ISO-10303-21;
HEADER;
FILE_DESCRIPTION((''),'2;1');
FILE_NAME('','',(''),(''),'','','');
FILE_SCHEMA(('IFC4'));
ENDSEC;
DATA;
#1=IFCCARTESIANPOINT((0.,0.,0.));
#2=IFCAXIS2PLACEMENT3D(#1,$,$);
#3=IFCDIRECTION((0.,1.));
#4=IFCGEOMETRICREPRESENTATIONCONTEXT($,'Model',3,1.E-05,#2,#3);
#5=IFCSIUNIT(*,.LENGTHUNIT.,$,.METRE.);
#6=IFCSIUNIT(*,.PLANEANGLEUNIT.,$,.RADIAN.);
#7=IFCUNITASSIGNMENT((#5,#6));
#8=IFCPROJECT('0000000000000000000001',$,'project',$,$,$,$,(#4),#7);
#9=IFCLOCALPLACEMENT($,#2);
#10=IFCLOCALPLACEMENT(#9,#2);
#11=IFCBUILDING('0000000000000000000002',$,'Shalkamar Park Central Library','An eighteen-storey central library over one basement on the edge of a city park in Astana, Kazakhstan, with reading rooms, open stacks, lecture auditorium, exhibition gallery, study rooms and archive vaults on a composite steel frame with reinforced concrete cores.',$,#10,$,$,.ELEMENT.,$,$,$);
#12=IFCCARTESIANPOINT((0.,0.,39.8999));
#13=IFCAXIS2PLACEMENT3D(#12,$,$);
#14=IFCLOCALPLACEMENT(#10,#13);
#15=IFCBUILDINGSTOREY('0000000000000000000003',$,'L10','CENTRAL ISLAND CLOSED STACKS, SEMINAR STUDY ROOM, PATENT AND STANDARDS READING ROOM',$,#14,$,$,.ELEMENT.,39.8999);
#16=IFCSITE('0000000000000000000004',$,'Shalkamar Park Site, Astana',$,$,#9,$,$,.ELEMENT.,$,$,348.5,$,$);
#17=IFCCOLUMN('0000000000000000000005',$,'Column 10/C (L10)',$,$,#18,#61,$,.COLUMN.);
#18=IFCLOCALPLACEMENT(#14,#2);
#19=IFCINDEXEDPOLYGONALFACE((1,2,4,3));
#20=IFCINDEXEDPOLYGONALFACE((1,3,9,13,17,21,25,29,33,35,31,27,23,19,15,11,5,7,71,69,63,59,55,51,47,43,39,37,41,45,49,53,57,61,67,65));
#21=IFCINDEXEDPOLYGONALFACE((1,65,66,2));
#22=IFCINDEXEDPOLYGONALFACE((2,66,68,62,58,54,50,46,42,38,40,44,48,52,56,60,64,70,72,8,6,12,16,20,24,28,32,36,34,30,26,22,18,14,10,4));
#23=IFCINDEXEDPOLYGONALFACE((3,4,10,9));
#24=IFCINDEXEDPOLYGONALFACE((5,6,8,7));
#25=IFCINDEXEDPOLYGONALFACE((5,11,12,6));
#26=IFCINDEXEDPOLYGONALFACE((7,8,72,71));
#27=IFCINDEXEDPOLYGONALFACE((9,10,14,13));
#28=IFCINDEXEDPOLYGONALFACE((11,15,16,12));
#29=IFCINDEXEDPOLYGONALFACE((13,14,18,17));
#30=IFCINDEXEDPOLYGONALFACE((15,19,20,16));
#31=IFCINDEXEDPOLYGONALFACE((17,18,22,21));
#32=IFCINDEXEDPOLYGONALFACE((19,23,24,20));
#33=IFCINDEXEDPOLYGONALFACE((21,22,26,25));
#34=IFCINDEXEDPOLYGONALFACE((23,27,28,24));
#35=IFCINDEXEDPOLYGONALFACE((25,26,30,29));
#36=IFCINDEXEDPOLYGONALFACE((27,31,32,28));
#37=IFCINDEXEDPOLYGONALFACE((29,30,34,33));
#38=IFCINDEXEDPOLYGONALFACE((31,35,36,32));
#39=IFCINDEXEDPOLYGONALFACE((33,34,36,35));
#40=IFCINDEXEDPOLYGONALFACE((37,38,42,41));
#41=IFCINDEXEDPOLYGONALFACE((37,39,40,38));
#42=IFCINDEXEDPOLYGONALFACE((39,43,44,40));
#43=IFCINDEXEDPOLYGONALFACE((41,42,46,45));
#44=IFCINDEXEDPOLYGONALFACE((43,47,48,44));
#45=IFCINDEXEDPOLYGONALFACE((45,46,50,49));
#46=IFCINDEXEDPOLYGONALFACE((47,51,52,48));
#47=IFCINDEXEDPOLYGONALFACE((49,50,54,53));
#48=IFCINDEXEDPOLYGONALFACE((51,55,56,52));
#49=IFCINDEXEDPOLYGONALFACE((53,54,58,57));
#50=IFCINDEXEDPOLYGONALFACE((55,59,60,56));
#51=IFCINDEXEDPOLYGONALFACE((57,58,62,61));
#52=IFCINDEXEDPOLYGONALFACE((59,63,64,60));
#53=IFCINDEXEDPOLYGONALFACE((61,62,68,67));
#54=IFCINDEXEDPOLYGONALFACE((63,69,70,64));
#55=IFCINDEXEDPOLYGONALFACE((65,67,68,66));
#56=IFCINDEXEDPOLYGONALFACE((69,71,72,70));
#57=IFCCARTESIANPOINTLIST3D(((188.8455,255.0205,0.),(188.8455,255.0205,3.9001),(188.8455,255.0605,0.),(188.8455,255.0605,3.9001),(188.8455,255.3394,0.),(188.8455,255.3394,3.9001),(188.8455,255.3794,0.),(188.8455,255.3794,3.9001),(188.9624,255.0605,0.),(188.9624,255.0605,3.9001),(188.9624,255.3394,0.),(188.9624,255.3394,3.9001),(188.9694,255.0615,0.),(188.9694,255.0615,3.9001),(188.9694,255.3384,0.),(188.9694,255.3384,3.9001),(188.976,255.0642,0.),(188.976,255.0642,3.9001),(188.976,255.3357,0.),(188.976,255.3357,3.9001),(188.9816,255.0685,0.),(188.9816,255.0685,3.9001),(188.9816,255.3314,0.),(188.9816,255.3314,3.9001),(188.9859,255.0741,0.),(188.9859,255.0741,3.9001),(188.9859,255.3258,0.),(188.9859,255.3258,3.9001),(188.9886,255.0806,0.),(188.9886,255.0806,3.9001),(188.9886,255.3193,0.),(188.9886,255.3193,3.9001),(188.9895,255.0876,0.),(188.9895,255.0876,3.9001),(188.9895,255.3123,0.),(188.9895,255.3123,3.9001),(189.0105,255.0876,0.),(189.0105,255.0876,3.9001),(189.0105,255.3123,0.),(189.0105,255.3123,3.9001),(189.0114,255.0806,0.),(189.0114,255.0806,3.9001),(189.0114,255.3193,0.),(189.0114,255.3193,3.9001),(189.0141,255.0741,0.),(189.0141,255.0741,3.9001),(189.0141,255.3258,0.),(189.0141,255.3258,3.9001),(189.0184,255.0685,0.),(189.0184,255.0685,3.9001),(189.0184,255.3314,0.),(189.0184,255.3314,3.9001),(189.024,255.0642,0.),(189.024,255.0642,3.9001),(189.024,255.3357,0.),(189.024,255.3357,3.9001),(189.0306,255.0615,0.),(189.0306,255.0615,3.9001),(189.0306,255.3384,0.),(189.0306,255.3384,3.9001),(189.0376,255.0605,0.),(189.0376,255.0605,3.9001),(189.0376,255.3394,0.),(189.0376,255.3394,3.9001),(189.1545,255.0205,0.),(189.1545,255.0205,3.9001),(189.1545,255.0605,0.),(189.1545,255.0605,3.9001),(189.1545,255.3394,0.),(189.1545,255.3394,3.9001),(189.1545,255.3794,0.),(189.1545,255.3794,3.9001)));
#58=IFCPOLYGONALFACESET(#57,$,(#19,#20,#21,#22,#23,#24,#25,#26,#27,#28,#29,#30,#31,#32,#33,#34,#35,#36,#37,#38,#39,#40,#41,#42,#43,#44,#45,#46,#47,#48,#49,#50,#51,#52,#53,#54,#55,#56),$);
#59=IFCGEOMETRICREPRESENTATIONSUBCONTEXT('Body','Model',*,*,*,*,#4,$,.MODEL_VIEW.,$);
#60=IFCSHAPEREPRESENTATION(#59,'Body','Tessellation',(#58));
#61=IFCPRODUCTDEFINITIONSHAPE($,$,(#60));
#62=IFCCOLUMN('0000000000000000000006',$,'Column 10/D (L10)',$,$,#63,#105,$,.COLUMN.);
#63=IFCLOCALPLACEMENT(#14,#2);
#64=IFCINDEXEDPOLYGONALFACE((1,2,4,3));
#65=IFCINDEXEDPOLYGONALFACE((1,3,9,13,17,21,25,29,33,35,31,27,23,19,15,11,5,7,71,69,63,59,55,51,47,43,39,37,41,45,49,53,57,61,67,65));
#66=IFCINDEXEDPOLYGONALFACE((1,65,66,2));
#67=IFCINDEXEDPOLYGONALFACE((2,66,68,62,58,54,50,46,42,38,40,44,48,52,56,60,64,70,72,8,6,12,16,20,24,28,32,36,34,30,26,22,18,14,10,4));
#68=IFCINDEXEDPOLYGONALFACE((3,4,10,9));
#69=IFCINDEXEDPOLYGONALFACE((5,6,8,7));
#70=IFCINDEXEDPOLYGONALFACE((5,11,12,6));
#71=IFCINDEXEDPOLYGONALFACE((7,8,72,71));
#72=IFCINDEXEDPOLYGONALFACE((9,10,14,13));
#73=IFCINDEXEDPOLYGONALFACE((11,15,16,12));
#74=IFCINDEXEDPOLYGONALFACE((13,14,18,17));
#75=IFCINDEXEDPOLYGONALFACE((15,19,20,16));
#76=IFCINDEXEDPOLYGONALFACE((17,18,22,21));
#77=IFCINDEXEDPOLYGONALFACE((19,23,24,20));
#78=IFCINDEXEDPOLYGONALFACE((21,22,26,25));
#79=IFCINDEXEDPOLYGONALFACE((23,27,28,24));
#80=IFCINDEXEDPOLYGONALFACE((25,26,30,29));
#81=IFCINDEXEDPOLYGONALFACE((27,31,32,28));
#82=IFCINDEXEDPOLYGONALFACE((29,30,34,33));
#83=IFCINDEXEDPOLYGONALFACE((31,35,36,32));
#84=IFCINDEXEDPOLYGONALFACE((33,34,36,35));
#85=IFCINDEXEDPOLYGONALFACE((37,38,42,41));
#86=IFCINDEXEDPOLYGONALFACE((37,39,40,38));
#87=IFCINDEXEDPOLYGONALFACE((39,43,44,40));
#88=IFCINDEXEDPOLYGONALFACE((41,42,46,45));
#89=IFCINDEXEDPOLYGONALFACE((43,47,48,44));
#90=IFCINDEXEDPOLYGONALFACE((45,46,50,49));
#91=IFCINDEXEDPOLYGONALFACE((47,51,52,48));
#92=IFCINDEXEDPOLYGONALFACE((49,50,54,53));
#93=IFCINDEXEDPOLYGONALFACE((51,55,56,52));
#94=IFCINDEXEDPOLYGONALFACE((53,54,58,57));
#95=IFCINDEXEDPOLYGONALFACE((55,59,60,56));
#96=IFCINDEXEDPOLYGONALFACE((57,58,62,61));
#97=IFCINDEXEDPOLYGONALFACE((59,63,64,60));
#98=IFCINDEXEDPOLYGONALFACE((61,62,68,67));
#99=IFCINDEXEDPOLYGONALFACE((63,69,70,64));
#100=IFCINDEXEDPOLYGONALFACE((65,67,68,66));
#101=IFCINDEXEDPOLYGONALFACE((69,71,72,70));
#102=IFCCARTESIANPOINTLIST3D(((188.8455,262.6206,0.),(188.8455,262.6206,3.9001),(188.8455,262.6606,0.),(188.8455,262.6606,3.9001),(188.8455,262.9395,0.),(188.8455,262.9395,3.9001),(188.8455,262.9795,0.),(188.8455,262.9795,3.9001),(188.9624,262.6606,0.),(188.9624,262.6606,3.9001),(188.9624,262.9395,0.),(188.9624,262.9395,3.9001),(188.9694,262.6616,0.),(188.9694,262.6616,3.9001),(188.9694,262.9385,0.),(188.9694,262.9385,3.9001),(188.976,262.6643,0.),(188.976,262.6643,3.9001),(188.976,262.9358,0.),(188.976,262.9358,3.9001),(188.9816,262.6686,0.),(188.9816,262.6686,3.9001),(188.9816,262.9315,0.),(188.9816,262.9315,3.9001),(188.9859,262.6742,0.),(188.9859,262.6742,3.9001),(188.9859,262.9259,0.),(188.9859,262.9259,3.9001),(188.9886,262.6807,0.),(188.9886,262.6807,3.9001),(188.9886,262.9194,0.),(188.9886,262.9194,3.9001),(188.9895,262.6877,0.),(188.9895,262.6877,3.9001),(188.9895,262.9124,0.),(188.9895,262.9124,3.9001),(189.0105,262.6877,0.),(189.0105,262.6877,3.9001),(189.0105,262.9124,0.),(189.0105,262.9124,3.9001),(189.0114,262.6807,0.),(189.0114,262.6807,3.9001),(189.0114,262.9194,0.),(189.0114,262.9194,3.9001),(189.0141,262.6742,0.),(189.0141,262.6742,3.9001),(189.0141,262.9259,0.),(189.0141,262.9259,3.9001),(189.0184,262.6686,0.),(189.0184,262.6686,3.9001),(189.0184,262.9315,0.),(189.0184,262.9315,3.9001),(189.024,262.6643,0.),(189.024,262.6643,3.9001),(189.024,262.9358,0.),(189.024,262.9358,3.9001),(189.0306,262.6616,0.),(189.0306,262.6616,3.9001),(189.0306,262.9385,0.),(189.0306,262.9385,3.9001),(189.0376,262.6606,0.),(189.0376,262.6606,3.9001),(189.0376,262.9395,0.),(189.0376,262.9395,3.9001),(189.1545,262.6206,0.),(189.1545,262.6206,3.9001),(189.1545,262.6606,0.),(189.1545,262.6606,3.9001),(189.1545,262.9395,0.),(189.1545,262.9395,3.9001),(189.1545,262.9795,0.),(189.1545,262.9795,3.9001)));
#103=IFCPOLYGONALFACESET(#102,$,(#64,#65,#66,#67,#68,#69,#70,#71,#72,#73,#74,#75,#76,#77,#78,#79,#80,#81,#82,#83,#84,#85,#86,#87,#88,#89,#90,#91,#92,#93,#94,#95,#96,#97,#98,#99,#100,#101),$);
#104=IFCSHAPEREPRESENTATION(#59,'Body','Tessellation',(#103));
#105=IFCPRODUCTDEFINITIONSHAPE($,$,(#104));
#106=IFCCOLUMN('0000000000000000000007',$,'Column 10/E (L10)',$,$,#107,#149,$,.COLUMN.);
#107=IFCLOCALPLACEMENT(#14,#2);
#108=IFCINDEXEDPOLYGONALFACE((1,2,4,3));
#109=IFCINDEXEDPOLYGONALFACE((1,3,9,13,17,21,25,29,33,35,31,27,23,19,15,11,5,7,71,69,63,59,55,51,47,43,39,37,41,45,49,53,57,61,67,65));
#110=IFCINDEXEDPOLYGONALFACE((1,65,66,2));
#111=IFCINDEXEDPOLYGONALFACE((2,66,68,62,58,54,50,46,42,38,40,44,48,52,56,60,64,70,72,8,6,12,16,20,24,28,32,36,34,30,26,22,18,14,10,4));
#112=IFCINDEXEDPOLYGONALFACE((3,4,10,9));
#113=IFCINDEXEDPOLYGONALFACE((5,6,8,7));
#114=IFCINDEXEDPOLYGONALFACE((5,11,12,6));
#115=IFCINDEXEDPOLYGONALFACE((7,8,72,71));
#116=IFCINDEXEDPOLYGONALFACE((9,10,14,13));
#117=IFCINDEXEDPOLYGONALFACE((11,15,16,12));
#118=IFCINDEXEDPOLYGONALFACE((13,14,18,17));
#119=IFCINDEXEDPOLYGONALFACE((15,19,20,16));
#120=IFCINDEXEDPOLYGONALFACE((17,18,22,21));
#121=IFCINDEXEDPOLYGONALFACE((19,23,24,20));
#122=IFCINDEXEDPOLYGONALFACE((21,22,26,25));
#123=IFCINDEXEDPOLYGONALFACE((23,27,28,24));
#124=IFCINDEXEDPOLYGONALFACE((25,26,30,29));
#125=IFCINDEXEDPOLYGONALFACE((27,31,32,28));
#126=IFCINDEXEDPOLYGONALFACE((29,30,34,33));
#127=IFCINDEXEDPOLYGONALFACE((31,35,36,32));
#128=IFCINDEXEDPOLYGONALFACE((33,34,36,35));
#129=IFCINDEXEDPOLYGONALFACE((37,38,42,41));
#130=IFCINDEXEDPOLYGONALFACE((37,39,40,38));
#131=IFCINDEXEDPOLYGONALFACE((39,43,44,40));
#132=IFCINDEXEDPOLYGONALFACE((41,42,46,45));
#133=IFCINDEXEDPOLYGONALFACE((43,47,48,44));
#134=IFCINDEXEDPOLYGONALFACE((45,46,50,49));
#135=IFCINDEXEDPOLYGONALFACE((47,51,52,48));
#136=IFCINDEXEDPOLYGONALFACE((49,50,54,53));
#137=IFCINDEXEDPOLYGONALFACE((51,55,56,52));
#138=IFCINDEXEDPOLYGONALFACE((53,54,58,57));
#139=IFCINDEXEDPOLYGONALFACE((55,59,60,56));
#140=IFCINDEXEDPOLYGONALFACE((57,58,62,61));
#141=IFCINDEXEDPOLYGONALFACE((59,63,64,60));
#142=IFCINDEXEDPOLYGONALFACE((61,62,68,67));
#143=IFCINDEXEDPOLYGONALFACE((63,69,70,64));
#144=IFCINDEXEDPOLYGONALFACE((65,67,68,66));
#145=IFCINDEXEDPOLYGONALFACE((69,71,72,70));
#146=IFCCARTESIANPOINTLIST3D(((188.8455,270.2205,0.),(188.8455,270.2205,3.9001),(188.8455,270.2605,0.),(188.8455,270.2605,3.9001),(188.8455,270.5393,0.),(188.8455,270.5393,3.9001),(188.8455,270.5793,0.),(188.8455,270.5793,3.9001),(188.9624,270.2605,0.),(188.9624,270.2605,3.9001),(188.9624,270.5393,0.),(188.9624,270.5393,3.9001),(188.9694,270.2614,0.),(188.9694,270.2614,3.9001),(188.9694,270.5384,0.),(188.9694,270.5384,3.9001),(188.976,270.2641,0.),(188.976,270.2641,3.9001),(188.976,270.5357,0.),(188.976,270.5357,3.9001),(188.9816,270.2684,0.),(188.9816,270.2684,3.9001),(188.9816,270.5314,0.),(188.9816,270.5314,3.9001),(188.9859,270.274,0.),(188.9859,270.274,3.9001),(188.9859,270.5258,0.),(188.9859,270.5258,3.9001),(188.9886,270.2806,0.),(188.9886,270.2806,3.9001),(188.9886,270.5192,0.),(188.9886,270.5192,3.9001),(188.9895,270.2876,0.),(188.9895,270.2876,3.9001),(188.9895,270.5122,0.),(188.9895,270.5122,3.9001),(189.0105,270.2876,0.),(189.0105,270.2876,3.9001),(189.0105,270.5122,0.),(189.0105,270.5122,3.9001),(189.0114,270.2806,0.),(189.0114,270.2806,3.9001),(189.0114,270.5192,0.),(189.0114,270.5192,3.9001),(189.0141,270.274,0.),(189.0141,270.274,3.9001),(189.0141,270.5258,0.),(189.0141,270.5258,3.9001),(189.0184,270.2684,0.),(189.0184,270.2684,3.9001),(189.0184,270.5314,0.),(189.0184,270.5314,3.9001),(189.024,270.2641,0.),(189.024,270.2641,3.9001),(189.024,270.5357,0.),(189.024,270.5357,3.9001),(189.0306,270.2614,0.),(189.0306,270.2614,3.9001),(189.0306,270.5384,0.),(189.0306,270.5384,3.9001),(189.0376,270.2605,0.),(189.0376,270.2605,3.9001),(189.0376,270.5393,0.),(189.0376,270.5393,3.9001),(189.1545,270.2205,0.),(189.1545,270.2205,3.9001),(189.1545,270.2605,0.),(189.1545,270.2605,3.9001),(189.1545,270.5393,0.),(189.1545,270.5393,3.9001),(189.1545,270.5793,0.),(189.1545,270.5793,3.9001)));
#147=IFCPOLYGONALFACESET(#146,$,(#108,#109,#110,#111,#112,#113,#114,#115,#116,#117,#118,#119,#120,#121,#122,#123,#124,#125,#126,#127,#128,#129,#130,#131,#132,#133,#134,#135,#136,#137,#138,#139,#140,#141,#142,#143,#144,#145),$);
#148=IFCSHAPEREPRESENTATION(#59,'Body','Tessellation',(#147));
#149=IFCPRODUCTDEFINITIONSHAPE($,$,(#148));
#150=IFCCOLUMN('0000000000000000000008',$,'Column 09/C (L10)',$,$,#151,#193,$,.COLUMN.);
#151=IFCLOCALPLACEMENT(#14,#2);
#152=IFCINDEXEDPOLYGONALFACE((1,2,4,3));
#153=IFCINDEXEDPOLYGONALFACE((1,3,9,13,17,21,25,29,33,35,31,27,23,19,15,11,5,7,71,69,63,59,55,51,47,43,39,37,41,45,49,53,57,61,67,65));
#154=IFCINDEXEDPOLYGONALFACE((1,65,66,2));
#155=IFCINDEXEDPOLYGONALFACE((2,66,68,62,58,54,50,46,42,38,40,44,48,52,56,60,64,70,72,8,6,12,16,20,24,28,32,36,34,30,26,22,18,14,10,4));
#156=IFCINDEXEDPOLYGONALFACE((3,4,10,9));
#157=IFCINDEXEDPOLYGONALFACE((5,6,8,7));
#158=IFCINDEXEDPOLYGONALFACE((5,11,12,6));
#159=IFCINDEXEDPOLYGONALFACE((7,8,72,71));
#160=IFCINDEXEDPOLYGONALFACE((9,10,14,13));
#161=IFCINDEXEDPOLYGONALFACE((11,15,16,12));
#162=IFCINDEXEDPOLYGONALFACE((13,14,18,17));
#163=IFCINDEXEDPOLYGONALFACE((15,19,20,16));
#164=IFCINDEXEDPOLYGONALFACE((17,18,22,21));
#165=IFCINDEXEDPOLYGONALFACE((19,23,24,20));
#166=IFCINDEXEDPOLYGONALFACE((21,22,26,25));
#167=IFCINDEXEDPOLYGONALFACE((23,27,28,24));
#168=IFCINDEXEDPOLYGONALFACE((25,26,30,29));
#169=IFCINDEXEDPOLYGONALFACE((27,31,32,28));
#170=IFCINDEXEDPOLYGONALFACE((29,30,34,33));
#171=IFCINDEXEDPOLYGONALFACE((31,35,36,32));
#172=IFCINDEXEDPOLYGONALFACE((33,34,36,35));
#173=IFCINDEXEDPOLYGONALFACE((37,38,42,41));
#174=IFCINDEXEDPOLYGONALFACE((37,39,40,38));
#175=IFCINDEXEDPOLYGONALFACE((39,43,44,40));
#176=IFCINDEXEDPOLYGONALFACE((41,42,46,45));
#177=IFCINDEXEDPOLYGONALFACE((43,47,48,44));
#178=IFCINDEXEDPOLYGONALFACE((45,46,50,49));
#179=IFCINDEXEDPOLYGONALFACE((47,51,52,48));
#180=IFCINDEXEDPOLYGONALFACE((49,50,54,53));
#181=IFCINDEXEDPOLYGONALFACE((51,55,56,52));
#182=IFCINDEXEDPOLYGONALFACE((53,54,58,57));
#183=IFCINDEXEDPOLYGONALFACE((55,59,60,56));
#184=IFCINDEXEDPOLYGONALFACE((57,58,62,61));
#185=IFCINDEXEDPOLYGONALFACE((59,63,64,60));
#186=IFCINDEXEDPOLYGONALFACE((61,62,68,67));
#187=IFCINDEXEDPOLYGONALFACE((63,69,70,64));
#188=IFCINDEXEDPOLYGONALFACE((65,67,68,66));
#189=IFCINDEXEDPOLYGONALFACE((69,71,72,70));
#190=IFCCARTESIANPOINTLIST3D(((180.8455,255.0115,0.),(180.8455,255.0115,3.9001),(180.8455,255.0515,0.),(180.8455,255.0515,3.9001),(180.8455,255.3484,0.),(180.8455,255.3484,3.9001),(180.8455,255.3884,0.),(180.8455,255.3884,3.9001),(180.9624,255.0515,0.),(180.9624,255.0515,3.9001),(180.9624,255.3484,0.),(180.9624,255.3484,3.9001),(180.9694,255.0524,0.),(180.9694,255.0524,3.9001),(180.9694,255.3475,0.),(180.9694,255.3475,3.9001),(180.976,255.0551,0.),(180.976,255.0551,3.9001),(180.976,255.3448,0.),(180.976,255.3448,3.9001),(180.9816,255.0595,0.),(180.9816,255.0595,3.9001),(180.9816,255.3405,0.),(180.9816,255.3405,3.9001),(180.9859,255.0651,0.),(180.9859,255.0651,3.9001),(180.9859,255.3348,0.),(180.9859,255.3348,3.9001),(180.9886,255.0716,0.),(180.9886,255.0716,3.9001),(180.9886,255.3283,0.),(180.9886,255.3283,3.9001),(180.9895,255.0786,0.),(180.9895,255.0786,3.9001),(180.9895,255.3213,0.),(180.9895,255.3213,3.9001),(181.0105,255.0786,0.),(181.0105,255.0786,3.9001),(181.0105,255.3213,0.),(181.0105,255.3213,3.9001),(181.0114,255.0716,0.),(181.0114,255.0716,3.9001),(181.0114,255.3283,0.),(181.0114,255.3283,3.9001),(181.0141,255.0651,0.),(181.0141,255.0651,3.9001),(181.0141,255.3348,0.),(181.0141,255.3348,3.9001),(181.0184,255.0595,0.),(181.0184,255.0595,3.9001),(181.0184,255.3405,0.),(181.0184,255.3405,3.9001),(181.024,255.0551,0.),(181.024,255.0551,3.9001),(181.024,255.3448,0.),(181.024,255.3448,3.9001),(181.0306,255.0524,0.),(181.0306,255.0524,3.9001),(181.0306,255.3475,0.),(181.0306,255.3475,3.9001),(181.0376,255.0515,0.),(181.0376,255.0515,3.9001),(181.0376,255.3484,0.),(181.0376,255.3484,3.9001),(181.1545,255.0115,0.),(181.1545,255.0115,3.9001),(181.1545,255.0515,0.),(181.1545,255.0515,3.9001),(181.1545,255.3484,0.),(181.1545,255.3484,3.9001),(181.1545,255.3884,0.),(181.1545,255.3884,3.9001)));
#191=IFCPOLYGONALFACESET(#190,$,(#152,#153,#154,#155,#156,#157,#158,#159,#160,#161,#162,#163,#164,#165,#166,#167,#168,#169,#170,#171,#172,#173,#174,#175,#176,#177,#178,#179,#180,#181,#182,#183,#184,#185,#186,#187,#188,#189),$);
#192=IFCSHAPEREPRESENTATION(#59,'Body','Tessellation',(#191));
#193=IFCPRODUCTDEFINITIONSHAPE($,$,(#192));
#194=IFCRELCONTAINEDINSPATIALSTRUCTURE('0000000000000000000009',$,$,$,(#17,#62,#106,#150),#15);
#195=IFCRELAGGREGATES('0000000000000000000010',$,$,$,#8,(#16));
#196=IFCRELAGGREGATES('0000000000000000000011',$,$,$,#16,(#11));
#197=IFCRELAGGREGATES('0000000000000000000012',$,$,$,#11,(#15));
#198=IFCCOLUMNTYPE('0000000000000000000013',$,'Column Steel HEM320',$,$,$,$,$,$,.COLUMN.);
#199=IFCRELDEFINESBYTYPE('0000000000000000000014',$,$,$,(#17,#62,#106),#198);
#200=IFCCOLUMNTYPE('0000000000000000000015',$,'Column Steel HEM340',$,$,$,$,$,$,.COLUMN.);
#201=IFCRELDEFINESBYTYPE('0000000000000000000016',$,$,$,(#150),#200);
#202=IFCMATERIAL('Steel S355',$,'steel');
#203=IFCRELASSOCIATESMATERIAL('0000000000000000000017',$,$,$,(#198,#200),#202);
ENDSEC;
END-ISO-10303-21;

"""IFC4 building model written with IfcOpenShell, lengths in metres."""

from ifc_helpers import new_model, si_unit, direction, frame, origin, origin_2d, place, context, subcontext, project, spatial, i_section, extrude, material, material_profile, profile_set, type_object, element, save


model = new_model("IFC4")

# Units and contexts
model_context = context("Model", 3, precision=1e-05, world=origin(), true_north=direction((0.0, 1.0)))
body_context = subcontext(model_context, "Body", "Model", "MODEL_VIEW")
ifc_project = project(units=[si_unit("LENGTHUNIT", "METRE"), si_unit("PLANEANGLEUNIT", "RADIAN")], contexts=[model_context])

# Site, building, storey
site_placement = place(None, origin())
site = spatial("IfcSite", under=ifc_project, at=site_placement, Name="Shalkamar Park Site, Astana", CompositionType="ELEMENT", RefElevation=348.5)
building_placement = place(site_placement, origin())
building = spatial("IfcBuilding", under=site, at=building_placement, Name="Shalkamar Park Central Library", Description="An eighteen-storey central library over one basement on the edge of a city park in Astana, Kazakhstan, with reading rooms, open stacks, lecture auditorium, exhibition gallery, study rooms and archive vaults on a composite steel frame with reinforced concrete cores.", CompositionType="ELEMENT")
storey_placement = place(building_placement, frame((0.0, 0.0, 39.8999)))
storey = spatial("IfcBuildingStorey", under=building, at=storey_placement, Name="L10", Description="CENTRAL ISLAND CLOSED STACKS, SEMINAR STUDY ROOM, PATENT AND STANDARDS READING ROOM", CompositionType="ELEMENT", Elevation=39.8999)

# Columns
ifc_material_1 = material(Name="Steel S355", Category="steel")
ifc_material_profile_1 = material_profile(ifc_material_1, i_section(OverallWidth=0.3091, OverallDepth=0.3589, WebThickness=0.021, FlangeThickness=0.04, FilletRadius=0.0271, at=origin_2d()), Name="HEM 320")
ifc_profile_set_1 = profile_set([ifc_material_profile_1], Name="Steel S355")
column_type_1 = type_object("IfcColumnType", Name="Column Steel HEM320", PredefinedType="COLUMN", material=ifc_profile_set_1)
for number, where, z_axis, x_axis, name in (
    (1, (189.0, 255.2, 0.0), (0.0, 0.0, 1.0), (1.0, 0.0, 0.0), "Column 10/C (L10)"),
    (2, (189.0, 262.8, 0.0), (0.0, 0.0, 1.0), (1.0, 0.0, 0.0), "Column 10/D (L10)"),
    (3, (189.0, 270.3999, 0.0), (0.0, 0.0, 1.0), (1.0, 0.0, 0.0), "Column 10/E (L10)"),
):
    element("IfcColumn", number, at=place(storey_placement, frame(where, z_axis=z_axis, x_axis=x_axis)), inside=storey, type_object=column_type_1, Name=name, PredefinedType="COLUMN", context=body_context, shape_type="SweptSolid", body=[
        extrude(i_section(OverallWidth=0.3091, OverallDepth=0.3589, WebThickness=0.021, FlangeThickness=0.04, FilletRadius=0.0271, at=origin_2d()), origin(), (0.0, 0.0, 1.0), 3.9001),
    ])
ifc_material_profile_2 = material_profile(ifc_material_1, i_section(OverallWidth=0.3091, OverallDepth=0.377, WebThickness=0.021, FlangeThickness=0.04, FilletRadius=0.0271, at=origin_2d()), Name="HEM 340")
ifc_profile_set_2 = profile_set([ifc_material_profile_2], Name="Steel S355")
column_type_2 = type_object("IfcColumnType", Name="Column Steel HEM340", PredefinedType="COLUMN", material=ifc_profile_set_2)
for number, where, z_axis, x_axis, name in (
    (4, (181.0, 255.2, 0.0), (0.0, 0.0, 1.0), (1.0, 0.0, 0.0), "Column 09/C (L10)"),
):
    element("IfcColumn", number, at=place(storey_placement, frame(where, z_axis=z_axis, x_axis=x_axis)), inside=storey, type_object=column_type_2, Name=name, PredefinedType="COLUMN", context=body_context, shape_type="SweptSolid", body=[
        extrude(i_section(OverallWidth=0.3091, OverallDepth=0.377, WebThickness=0.021, FlangeThickness=0.04, FilletRadius=0.0271, at=origin_2d()), origin(), (0.0, 0.0, 1.0), 3.9001),
    ])

save(model, "model.ifc")
